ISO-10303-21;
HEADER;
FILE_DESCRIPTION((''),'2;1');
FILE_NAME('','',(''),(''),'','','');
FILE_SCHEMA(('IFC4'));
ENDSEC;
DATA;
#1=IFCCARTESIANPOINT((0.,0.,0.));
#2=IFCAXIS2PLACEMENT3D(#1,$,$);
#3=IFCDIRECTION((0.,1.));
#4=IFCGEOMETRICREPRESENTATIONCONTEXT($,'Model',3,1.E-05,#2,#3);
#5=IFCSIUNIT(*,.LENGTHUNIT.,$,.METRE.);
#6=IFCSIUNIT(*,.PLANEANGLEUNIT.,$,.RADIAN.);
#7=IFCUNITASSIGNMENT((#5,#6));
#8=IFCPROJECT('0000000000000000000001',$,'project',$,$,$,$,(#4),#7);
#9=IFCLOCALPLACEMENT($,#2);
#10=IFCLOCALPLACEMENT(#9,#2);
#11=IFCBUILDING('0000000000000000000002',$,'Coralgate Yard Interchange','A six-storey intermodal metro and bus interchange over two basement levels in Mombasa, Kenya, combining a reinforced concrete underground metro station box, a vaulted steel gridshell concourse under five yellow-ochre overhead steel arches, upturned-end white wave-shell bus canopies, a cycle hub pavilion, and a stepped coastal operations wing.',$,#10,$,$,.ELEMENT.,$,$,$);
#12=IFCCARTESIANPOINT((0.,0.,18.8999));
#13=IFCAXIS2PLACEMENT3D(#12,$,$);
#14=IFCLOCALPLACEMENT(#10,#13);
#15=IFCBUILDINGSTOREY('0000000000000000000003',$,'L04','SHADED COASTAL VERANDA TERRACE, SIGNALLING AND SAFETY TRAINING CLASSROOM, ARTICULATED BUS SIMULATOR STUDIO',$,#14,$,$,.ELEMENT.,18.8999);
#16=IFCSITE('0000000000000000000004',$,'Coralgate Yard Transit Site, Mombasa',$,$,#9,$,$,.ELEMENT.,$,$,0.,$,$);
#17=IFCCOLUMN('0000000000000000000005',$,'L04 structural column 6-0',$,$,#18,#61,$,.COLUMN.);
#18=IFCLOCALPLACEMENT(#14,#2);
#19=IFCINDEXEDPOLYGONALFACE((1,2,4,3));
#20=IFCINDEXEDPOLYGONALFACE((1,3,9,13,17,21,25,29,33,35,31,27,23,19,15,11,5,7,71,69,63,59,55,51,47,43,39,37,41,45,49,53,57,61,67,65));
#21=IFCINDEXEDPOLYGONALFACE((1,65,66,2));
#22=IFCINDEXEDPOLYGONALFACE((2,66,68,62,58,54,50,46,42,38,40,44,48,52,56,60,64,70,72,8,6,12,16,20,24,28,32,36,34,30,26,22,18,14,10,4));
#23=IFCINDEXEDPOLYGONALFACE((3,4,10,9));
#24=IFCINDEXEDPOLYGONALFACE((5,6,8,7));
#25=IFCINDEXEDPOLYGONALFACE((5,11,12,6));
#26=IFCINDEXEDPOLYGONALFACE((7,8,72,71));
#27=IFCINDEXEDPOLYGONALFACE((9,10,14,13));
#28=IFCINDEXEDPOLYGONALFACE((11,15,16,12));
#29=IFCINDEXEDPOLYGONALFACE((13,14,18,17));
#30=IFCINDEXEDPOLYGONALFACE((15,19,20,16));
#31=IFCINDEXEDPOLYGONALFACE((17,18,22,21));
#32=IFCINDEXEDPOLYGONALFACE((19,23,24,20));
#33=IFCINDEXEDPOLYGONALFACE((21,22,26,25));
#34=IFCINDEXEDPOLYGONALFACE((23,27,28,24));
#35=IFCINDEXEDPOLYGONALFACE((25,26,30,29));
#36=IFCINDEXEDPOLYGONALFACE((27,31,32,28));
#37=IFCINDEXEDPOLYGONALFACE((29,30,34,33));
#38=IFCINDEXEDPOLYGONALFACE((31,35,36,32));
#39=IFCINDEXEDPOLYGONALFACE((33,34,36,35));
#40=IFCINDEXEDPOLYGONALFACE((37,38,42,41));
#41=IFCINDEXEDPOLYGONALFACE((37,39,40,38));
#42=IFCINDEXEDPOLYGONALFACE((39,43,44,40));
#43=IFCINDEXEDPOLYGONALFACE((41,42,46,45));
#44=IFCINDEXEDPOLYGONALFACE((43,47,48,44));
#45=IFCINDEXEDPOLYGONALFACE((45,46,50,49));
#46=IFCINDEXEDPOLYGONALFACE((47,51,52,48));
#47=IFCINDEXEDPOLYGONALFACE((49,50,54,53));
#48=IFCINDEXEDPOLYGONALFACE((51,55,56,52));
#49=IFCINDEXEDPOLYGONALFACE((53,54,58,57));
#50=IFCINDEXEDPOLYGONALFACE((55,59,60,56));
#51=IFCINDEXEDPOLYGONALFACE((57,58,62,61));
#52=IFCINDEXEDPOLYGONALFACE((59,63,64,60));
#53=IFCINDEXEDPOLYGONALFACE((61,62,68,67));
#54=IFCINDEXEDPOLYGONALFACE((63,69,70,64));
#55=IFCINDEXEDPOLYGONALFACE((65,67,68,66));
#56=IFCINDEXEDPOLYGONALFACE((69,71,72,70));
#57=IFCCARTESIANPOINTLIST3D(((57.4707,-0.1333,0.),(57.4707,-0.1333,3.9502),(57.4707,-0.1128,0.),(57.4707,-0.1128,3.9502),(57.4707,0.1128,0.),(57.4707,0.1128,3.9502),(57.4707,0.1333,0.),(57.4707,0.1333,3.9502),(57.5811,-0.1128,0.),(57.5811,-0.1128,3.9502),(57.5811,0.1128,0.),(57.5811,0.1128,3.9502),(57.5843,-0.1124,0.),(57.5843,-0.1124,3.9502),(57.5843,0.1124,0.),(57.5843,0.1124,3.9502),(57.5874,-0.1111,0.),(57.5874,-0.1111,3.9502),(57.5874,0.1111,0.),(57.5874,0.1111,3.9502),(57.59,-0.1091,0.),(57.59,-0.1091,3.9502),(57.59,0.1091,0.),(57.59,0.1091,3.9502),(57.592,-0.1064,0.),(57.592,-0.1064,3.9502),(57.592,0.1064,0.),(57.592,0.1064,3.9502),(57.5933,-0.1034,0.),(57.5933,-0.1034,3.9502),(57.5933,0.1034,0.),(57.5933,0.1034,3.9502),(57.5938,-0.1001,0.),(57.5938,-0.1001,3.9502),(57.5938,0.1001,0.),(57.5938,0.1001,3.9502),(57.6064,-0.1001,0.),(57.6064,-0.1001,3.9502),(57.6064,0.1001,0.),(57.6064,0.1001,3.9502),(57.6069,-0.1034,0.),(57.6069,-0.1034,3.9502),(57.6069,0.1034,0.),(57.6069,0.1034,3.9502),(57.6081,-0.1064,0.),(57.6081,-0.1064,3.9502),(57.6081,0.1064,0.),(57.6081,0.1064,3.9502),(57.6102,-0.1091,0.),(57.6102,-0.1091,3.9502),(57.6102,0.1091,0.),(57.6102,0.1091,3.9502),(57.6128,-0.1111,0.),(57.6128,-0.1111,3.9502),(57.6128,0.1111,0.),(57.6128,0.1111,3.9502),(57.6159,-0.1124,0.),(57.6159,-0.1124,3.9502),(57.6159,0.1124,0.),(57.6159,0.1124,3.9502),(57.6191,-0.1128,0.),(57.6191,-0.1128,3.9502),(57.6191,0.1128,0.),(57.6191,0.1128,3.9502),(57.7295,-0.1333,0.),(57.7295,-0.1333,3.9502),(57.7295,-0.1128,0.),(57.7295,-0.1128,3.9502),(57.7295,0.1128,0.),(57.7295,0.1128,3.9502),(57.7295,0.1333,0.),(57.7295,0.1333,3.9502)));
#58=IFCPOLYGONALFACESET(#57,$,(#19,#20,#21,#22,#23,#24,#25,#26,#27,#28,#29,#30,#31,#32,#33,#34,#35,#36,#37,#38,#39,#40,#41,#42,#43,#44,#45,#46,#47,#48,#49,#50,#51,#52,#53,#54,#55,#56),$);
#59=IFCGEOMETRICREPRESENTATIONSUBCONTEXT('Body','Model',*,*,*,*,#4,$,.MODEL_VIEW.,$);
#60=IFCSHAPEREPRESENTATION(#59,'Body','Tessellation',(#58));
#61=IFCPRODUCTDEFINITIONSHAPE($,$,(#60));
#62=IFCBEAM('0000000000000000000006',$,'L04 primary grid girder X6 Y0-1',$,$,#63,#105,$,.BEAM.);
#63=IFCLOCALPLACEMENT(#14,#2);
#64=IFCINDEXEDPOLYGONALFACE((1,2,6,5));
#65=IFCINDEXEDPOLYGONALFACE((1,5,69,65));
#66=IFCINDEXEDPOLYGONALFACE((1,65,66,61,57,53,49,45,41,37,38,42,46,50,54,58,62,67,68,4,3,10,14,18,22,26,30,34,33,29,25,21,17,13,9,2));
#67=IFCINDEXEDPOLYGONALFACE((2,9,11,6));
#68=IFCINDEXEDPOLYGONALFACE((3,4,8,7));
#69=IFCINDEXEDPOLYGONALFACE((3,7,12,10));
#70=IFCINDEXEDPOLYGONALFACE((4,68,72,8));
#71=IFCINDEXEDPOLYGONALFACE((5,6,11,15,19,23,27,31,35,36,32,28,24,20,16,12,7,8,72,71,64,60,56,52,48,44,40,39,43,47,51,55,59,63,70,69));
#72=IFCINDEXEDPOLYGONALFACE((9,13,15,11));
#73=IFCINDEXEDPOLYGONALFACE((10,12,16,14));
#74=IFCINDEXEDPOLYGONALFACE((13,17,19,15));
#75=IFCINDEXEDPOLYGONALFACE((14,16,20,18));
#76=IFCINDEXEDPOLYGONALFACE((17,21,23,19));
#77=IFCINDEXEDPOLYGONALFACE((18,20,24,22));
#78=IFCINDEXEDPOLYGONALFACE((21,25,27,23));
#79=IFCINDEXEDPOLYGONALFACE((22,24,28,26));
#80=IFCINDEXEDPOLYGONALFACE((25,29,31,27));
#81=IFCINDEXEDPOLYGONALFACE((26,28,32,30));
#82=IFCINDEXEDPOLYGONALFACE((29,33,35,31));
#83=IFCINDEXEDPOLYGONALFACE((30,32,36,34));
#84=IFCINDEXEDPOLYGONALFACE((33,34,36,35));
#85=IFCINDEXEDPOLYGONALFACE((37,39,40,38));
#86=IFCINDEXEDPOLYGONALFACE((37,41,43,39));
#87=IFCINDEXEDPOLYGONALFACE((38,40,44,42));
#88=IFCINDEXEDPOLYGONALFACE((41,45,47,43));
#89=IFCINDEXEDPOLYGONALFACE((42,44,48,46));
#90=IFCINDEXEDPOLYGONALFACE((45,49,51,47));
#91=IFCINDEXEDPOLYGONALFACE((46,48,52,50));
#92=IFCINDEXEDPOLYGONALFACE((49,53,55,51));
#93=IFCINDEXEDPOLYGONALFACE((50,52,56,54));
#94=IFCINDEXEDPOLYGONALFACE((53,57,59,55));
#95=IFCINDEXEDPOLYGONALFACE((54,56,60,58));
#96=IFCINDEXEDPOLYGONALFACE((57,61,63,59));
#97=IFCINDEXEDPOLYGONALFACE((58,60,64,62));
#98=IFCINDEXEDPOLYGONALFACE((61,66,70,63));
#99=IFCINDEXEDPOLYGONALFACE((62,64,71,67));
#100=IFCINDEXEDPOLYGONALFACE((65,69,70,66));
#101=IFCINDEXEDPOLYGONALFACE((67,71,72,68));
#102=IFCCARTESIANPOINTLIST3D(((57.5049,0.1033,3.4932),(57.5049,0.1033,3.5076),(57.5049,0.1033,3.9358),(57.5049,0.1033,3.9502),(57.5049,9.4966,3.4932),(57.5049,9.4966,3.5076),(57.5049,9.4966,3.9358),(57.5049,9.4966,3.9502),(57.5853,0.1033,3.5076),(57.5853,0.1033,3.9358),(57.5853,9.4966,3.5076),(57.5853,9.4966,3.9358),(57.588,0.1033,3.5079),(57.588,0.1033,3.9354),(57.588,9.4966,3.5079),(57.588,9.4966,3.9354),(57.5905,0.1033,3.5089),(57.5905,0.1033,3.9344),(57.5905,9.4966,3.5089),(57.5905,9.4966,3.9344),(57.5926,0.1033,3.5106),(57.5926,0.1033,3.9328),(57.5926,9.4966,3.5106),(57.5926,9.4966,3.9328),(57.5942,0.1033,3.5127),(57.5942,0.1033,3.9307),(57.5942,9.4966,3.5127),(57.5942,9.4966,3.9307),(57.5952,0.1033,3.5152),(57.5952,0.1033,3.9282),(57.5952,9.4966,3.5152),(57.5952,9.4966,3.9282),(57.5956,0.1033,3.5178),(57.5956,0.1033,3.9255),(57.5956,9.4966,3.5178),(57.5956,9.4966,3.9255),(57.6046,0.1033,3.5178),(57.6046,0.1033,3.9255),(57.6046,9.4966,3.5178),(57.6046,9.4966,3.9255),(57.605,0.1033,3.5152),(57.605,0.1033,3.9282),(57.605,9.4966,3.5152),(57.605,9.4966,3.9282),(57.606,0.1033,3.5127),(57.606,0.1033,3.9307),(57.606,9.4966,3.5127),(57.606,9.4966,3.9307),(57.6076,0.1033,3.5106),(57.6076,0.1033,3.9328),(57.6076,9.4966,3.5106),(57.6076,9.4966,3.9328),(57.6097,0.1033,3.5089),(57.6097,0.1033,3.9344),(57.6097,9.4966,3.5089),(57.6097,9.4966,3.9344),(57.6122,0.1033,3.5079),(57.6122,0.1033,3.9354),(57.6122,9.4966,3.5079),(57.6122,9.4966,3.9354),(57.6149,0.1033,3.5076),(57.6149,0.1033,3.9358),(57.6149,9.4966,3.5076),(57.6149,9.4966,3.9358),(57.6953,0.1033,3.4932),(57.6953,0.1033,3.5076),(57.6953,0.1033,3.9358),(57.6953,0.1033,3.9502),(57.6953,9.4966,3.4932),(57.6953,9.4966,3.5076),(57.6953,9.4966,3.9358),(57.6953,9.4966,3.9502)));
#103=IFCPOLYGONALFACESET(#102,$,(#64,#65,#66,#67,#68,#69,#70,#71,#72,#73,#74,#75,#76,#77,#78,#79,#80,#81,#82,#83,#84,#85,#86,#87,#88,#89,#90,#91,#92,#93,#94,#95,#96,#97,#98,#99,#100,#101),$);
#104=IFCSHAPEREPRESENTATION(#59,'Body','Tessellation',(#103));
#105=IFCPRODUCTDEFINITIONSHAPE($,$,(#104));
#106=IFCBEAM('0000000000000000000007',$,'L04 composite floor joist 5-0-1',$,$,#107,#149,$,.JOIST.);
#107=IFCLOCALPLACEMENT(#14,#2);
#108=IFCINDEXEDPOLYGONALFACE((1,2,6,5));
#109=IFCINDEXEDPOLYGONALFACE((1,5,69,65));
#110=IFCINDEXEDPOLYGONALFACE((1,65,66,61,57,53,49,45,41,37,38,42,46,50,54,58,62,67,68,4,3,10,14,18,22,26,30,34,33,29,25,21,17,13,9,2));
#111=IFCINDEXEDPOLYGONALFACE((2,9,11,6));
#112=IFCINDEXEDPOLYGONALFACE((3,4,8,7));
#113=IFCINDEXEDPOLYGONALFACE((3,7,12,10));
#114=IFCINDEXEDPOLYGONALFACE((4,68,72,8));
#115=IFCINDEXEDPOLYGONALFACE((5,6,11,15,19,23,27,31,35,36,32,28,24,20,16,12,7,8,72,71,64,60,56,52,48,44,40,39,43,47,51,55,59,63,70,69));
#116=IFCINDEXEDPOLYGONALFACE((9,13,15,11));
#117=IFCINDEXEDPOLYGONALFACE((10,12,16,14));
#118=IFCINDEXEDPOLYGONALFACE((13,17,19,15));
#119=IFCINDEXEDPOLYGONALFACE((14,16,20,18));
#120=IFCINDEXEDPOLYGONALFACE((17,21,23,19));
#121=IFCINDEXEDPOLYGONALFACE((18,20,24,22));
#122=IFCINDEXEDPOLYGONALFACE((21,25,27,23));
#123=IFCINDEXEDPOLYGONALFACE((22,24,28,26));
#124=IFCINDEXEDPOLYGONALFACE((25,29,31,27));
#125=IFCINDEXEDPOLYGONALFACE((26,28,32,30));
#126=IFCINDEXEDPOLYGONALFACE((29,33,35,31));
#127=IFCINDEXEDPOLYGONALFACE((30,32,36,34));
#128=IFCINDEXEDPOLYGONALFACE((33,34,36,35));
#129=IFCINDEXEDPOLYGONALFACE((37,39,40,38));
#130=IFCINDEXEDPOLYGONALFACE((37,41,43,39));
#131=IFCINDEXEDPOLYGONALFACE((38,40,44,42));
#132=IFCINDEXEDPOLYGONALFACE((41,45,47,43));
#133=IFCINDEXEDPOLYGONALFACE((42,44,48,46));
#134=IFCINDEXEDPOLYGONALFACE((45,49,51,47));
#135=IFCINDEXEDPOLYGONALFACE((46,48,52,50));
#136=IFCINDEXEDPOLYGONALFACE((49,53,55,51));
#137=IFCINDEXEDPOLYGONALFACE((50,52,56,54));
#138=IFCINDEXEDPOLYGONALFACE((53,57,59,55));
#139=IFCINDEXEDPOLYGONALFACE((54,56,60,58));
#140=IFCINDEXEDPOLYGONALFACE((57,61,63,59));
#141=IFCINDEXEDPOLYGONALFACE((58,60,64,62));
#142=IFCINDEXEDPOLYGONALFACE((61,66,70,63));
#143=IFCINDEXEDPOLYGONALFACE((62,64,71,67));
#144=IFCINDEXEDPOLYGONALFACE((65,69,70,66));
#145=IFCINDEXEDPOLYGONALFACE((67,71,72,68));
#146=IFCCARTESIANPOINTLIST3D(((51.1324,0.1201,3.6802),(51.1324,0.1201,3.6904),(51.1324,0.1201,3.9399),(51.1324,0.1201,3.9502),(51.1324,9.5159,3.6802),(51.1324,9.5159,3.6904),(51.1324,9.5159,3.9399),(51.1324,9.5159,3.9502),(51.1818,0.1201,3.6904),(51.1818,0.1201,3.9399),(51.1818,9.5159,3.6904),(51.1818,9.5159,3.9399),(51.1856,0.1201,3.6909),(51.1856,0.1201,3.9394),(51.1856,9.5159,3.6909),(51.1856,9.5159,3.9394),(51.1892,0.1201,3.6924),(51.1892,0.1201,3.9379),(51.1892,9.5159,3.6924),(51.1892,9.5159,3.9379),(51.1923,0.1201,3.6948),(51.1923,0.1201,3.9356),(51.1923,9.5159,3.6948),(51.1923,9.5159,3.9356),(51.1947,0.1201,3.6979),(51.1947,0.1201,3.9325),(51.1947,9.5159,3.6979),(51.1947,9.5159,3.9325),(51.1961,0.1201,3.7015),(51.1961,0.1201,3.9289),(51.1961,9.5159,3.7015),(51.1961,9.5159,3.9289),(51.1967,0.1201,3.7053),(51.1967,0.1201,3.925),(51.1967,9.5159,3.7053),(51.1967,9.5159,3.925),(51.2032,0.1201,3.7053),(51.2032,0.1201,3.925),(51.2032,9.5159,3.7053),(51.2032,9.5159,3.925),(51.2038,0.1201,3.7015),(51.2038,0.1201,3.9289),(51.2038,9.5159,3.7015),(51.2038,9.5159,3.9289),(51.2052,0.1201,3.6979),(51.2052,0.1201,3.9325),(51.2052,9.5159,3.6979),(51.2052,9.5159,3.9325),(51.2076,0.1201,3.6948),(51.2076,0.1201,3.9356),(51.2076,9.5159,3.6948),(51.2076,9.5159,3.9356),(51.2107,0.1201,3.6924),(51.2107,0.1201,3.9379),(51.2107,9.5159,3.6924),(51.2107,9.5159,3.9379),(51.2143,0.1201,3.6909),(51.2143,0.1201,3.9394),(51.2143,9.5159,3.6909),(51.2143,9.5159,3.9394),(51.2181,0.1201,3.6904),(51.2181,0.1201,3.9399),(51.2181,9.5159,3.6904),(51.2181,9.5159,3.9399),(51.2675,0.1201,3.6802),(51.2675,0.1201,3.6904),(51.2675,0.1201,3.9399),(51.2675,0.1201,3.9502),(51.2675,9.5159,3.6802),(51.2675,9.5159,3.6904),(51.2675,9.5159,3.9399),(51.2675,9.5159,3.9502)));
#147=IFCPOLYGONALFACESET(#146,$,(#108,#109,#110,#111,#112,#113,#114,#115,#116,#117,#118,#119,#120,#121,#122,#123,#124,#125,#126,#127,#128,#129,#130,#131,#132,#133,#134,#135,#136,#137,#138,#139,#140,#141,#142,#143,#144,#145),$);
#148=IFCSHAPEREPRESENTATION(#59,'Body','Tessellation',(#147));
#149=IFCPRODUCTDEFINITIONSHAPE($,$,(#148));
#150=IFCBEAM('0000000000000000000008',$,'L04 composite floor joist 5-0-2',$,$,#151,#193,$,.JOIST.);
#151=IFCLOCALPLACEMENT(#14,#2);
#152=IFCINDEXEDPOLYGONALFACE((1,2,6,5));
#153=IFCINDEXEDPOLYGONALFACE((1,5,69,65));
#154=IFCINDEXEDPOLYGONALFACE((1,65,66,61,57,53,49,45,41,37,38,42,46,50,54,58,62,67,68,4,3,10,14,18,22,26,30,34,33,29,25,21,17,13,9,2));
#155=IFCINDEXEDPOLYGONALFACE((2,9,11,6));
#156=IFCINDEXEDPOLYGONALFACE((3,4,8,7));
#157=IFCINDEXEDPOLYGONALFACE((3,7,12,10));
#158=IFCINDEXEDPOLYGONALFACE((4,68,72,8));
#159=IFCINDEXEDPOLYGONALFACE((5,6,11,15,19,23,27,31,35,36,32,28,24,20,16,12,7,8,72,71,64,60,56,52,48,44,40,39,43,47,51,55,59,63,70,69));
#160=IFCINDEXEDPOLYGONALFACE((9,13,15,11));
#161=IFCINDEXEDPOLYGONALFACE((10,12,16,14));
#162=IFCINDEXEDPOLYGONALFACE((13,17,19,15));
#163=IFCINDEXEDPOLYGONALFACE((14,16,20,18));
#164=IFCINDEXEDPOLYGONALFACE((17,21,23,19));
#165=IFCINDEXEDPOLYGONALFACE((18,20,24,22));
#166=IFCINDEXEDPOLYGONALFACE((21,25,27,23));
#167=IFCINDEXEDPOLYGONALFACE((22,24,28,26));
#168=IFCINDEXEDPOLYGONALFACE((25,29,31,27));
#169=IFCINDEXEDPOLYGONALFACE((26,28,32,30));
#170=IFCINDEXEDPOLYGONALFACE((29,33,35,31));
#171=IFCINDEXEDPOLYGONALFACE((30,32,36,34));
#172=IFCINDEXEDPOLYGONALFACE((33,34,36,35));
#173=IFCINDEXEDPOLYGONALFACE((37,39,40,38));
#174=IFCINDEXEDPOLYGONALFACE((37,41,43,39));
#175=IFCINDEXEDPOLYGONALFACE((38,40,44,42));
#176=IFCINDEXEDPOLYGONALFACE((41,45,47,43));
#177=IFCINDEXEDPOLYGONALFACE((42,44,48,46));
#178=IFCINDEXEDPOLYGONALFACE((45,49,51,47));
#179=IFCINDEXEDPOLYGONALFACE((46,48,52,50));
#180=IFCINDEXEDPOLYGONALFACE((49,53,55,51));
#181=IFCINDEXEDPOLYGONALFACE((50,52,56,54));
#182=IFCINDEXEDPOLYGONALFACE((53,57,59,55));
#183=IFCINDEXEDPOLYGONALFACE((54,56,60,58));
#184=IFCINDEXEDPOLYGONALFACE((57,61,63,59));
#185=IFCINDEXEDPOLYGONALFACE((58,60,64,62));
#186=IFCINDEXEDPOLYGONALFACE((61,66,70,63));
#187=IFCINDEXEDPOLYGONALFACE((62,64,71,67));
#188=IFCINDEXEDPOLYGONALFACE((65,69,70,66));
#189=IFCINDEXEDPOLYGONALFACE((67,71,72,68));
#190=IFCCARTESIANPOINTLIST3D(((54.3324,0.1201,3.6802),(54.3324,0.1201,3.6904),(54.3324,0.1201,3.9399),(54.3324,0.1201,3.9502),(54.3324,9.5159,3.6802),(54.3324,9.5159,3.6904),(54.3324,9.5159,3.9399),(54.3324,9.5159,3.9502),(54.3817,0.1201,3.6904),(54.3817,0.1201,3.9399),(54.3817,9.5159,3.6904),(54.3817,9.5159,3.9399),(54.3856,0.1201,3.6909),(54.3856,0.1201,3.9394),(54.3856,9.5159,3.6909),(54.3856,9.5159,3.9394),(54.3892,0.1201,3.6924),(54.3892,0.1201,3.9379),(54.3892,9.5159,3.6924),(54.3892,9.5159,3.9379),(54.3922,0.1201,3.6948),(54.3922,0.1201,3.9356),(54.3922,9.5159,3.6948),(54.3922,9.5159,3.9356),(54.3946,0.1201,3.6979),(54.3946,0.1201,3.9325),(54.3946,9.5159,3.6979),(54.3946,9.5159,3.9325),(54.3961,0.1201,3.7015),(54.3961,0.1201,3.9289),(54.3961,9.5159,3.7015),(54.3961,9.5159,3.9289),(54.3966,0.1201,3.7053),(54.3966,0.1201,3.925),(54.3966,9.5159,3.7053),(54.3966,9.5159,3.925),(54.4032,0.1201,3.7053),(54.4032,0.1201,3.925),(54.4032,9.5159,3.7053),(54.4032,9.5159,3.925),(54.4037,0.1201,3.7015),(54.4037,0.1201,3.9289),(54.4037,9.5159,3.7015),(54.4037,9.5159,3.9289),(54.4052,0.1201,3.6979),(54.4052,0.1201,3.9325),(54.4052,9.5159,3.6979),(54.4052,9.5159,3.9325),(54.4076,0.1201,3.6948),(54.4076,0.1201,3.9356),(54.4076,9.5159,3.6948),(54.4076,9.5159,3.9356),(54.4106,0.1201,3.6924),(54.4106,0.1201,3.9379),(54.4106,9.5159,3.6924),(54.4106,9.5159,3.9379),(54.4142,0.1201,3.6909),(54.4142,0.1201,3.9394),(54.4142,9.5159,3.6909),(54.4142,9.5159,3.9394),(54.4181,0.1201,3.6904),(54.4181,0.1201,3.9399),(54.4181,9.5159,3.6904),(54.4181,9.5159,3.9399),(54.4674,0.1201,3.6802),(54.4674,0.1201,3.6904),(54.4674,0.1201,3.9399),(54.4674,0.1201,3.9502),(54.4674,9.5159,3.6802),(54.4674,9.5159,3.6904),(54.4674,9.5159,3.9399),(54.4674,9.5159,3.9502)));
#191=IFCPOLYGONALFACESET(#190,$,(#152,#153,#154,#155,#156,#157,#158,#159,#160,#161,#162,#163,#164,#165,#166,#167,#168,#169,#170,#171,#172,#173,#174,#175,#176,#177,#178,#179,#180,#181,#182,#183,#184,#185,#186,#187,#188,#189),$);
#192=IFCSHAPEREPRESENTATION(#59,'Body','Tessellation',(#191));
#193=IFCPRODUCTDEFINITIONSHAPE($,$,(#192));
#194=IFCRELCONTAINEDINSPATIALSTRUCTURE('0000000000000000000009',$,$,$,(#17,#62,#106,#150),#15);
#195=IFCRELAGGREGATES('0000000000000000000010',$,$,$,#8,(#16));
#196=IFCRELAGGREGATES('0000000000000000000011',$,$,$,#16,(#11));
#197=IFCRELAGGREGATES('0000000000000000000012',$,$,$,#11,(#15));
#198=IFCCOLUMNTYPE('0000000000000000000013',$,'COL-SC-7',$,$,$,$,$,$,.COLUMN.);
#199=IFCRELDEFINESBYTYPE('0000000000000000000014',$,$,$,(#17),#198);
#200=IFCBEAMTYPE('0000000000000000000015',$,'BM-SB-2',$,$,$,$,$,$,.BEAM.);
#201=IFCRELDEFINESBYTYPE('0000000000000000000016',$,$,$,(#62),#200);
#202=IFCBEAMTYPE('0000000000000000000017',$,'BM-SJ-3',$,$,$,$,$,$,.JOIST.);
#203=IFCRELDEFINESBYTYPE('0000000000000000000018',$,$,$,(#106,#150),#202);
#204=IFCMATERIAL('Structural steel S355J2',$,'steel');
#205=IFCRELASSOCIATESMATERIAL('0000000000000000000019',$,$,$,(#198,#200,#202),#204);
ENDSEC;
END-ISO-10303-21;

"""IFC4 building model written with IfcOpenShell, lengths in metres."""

from ifc_helpers import new_model, si_unit, direction, frame, origin, origin_2d, place, context, subcontext, project, spatial, i_section, extrude, material, material_profile, profile_set, type_object, element, save


model = new_model("IFC4")

# Units and contexts
model_context = context("Model", 3, precision=1e-05, world=origin(), true_north=direction((0.0, 1.0)))
body_context = subcontext(model_context, "Body", "Model", "MODEL_VIEW")
ifc_project = project(units=[si_unit("LENGTHUNIT", "METRE"), si_unit("PLANEANGLEUNIT", "RADIAN")], contexts=[model_context])

# Site, building, storey
site_placement = place(None, origin())
site = spatial("IfcSite", under=ifc_project, at=site_placement, Name="Coralgate Yard Transit Site, Mombasa", CompositionType="ELEMENT", RefElevation=0.0)
building_placement = place(site_placement, origin())
building = spatial("IfcBuilding", under=site, at=building_placement, Name="Coralgate Yard Interchange", Description="A six-storey intermodal metro and bus interchange over two basement levels in Mombasa, Kenya, combining a reinforced concrete underground metro station box, a vaulted steel gridshell concourse under five yellow-ochre overhead steel arches, upturned-end white wave-shell bus canopies, a cycle hub pavilion, and a stepped coastal operations wing.", CompositionType="ELEMENT")
storey_placement = place(building_placement, frame((0.0, 0.0, 18.8999)))
storey = spatial("IfcBuildingStorey", under=building, at=storey_placement, Name="L04", Description="SHADED COASTAL VERANDA TERRACE, SIGNALLING AND SAFETY TRAINING CLASSROOM, ARTICULATED BUS SIMULATOR STUDIO", CompositionType="ELEMENT", Elevation=18.8999)

# Column
ifc_material_1 = material(Name="Structural steel S355J2", Category="steel")
ifc_material_profile_1 = material_profile(ifc_material_1, i_section(OverallWidth=0.2588, OverallDepth=0.2666, WebThickness=0.0127, FlangeThickness=0.0205, FilletRadius=0.0127, at=origin_2d()), Name="UC 254x254x107")
ifc_profile_set_1 = profile_set([ifc_material_profile_1], Name="Structural steel S355J2")
column_type = type_object("IfcColumnType", Name="COL-SC-7", PredefinedType="COLUMN", material=ifc_profile_set_1)
column_placement = place(storey_placement, frame((57.6001, 0.0, 0.0), z_axis=(0.0, 0.0, 1.0), x_axis=(1.0, 0.0, 0.0)))
element("IfcColumn", 1, at=column_placement, inside=storey, type_object=column_type, Name="L04 structural column 6-0", PredefinedType="COLUMN", context=body_context, shape_type="SweptSolid", body=[
    extrude(i_section(OverallWidth=0.2588, OverallDepth=0.2666, WebThickness=0.0127, FlangeThickness=0.0205, FilletRadius=0.0127, at=origin_2d()), origin(), (0.0, 0.0, 1.0), 3.9502),
])

# Beams
ifc_material_profile_2 = material_profile(ifc_material_1, i_section(OverallWidth=0.1904, OverallDepth=0.457, WebThickness=0.009, FlangeThickness=0.0144, FilletRadius=0.0103, at=origin_2d()), Name="UB 457x191x74")
ifc_profile_set_2 = profile_set([ifc_material_profile_2], Name="Structural steel S355J2")
beam_type_1 = type_object("IfcBeamType", Name="BM-SB-2", PredefinedType="BEAM", material=ifc_profile_set_2)
beam_1_placement = place(storey_placement, frame((57.6001, 0.1033, 3.7217), z_axis=(0.0, 1.0, 0.0), x_axis=(-1.0, 0.0, 0.0)))
element("IfcBeam", 2, at=beam_1_placement, inside=storey, type_object=beam_type_1, Name="L04 primary grid girder X6 Y0-1", PredefinedType="BEAM", context=body_context, shape_type="SweptSolid", body=[
    extrude(i_section(OverallWidth=0.1904, OverallDepth=0.457, WebThickness=0.009, FlangeThickness=0.0144, FilletRadius=0.0103, at=origin_2d()), origin(), (0.0, 0.0, 1.0), 9.3933),
])
ifc_material_profile_3 = material_profile(ifc_material_1, i_section(OverallWidth=0.135, OverallDepth=0.27, WebThickness=0.0066, FlangeThickness=0.0103, FilletRadius=0.0149, at=origin_2d()), Name="IPE 270")
ifc_profile_set_3 = profile_set([ifc_material_profile_3], Name="Structural steel S355J2")
beam_type_2 = type_object("IfcBeamType", Name="BM-SJ-3", PredefinedType="JOIST", material=ifc_profile_set_3)
for number, where, z_axis, x_axis, name in (
    (3, (51.2, 0.1201, 3.8152), (0.0, 1.0, 0.0), (-1.0, 0.0, 0.0), "L04 composite floor joist 5-0-1"),
    (4, (54.3999, 0.1201, 3.8152), (0.0, 1.0, 0.0), (-1.0, 0.0, 0.0), "L04 composite floor joist 5-0-2"),
):
    element("IfcBeam", number, at=place(storey_placement, frame(where, z_axis=z_axis, x_axis=x_axis)), inside=storey, type_object=beam_type_2, Name=name, PredefinedType="JOIST", context=body_context, shape_type="SweptSolid", body=[
        extrude(i_section(OverallWidth=0.135, OverallDepth=0.27, WebThickness=0.0066, FlangeThickness=0.0103, FilletRadius=0.0149, at=origin_2d()), origin(), (0.0, 0.0, 1.0), 9.3958),
    ])

save(model, "model.ifc")
